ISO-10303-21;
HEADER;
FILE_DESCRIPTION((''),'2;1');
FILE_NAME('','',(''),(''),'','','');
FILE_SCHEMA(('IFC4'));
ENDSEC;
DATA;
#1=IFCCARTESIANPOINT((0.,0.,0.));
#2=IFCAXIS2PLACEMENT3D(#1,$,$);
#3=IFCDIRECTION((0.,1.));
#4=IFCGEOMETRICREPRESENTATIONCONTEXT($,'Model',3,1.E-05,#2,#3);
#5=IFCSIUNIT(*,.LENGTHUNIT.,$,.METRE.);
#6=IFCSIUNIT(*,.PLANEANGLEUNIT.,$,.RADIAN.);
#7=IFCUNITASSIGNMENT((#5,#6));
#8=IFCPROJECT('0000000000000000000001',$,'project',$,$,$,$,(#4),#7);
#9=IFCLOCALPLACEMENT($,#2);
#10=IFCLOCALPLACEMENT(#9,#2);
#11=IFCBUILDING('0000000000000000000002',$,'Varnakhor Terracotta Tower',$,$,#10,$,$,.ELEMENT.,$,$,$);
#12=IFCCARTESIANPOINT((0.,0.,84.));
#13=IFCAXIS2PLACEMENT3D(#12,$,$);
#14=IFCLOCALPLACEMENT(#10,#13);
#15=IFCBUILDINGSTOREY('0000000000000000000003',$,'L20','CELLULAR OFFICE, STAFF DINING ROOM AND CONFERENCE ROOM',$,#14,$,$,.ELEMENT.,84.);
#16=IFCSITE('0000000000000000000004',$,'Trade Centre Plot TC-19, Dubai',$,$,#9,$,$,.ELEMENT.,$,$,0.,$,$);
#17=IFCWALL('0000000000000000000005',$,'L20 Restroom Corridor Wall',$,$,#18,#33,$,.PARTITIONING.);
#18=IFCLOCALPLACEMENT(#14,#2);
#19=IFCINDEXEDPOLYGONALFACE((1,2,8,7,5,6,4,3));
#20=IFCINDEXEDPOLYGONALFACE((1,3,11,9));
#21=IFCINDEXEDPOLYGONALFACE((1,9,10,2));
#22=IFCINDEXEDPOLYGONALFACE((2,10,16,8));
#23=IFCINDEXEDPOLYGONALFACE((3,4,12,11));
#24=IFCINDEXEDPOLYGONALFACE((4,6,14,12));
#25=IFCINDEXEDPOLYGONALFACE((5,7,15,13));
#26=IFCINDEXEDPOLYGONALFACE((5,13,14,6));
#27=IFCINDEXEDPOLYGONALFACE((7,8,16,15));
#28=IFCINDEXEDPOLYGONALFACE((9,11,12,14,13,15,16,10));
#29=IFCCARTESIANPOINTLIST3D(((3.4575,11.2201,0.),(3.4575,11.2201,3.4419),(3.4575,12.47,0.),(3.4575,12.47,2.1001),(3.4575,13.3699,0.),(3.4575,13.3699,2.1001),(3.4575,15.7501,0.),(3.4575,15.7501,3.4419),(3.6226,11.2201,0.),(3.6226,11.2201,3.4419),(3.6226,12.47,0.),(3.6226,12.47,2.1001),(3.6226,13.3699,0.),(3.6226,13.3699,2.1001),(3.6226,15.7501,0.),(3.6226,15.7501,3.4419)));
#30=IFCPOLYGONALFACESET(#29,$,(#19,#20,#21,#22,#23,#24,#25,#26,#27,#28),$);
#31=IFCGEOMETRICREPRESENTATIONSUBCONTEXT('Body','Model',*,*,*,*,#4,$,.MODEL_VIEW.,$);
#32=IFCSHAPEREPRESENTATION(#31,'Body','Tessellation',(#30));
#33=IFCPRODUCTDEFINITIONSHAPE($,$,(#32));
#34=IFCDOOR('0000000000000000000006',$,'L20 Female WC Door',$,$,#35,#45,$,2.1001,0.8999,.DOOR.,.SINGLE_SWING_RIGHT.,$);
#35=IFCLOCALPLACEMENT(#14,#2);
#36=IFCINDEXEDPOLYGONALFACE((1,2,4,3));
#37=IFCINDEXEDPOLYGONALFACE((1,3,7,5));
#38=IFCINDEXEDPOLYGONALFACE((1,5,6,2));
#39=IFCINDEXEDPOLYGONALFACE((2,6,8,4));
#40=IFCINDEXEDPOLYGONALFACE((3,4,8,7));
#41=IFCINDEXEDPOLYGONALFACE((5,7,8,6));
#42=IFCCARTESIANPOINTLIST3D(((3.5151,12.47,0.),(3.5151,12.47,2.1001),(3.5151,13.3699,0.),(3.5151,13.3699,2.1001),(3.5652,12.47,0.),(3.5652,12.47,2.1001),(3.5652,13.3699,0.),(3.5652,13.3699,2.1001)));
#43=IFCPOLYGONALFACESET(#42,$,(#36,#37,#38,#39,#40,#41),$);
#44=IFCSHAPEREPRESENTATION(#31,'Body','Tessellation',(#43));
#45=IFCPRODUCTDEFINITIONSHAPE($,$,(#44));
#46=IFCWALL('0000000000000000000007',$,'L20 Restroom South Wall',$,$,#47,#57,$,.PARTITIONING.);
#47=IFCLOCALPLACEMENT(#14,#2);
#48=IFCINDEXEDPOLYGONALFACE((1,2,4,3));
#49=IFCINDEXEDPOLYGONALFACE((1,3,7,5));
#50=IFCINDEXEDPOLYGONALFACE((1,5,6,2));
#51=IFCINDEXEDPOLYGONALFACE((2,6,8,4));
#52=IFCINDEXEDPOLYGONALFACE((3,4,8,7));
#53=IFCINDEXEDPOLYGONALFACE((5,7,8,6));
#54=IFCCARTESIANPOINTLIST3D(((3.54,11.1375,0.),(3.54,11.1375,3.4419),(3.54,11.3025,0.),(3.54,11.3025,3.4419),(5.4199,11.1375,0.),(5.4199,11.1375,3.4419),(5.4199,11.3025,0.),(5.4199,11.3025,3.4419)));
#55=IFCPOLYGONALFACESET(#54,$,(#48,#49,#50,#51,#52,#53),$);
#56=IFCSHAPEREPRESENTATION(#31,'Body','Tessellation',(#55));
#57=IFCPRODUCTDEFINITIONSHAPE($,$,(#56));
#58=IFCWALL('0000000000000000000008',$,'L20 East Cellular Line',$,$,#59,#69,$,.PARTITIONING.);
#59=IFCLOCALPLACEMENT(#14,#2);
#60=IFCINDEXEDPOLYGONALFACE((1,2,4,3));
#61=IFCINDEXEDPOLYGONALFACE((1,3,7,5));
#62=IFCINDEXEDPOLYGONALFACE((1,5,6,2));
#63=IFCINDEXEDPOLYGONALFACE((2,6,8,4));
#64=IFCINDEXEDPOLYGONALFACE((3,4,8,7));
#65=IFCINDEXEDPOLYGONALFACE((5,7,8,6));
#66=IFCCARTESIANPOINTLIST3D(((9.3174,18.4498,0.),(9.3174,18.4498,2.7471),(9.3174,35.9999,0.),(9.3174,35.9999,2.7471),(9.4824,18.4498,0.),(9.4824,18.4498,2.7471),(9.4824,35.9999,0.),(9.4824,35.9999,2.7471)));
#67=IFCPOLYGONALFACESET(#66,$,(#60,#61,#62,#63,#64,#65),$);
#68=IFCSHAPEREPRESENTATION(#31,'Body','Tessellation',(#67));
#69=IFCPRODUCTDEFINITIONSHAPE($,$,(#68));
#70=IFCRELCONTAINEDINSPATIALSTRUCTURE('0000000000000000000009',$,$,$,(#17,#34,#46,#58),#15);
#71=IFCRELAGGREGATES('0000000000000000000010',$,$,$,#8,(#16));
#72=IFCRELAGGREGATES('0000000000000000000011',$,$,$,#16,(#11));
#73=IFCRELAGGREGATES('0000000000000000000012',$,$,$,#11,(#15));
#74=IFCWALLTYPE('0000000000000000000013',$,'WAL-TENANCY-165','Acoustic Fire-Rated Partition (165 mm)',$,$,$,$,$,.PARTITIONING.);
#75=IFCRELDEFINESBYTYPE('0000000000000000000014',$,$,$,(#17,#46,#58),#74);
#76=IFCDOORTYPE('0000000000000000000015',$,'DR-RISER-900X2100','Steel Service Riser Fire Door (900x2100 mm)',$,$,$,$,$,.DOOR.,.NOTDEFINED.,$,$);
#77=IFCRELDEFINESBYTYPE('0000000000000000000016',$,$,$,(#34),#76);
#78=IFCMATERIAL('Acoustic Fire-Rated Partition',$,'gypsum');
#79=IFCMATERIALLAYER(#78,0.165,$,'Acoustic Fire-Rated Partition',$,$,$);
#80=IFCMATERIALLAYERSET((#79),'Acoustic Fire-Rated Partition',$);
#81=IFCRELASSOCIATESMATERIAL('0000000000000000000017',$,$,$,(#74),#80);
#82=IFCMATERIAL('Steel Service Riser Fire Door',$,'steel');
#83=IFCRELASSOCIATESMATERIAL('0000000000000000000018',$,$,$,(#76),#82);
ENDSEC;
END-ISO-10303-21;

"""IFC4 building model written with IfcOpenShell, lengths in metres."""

from ifc_helpers import new_model, si_unit, direction, frame, frame_2d, origin, place, context, subcontext, project, spatial, rectangle, extrude, source, transform, mapped, material, layer, layer_set, type_object, type_shapes, element, fill, save


model = new_model("IFC4")

# Units and contexts
model_context = context("Model", 3, precision=1e-05, world=origin(), true_north=direction((0.0, 1.0)))
body_context = subcontext(model_context, "Body", "Model", "MODEL_VIEW")
ifc_project = project(units=[si_unit("LENGTHUNIT", "METRE"), si_unit("PLANEANGLEUNIT", "RADIAN")], contexts=[model_context])

# Site, building, storey
site_placement = place(None, origin())
site = spatial("IfcSite", under=ifc_project, at=site_placement, Name="Trade Centre Plot TC-19, Dubai", CompositionType="ELEMENT", RefElevation=0.0)
building_placement = place(site_placement, origin())
building = spatial("IfcBuilding", under=site, at=building_placement, Name="Varnakhor Terracotta Tower", CompositionType="ELEMENT")
storey_placement = place(building_placement, frame((0.0, 0.0, 84.0)))
storey = spatial("IfcBuildingStorey", under=building, at=storey_placement, Name="L20", Description="CELLULAR OFFICE, STAFF DINING ROOM AND CONFERENCE ROOM", CompositionType="ELEMENT", Elevation=84.0)

# Wall, opening, door
ifc_material_1 = material(Name="Acoustic Fire-Rated Partition", Category="gypsum")
ifc_layer_1 = layer(ifc_material_1, 0.165, Name="Acoustic Fire-Rated Partition")
ifc_layer_set_1 = layer_set([ifc_layer_1], Name="Acoustic Fire-Rated Partition")
wall_type_1 = type_object("IfcWallType", Name="WAL-TENANCY-165", Description="Acoustic Fire-Rated Partition (165 mm)", PredefinedType="PARTITIONING", material=ifc_layer_set_1)
ifc_material_2 = material(Name="Steel Service Riser Fire Door", Category="steel")
door_type_1 = type_object("IfcDoorType", Name="DR-RISER-900X2100", Description="Steel Service Riser Fire Door (900x2100 mm)", OperationType="NOTDEFINED", PredefinedType="DOOR", material=ifc_material_2)
shared_shape_1 = source(origin(), body_context, "Body", "SweptSolid", [
    extrude(rectangle(XDim=0.8999, YDim=2.1001, at=frame_2d((0.45, 1.05))), frame((0.0, 0.0249, 0.0), z_axis=(0.0, -1.0, 0.0), x_axis=(1.0, 0.0, 0.0)), (0.0, 0.0, 1.0), 0.05),
])
type_shapes(door_type_1, [shared_shape_1])
wall_1_placement = place(storey_placement, frame((3.54, 11.22, 0.0), z_axis=(0.0, 0.0, 1.0), x_axis=(0.0, 1.0, 0.0)))
wall_1 = element("IfcWall", 1, at=wall_1_placement, inside=storey, type_object=wall_type_1, Name="L20 Restroom Corridor Wall", PredefinedType="PARTITIONING", context=body_context, shape_type="SweptSolid", body=[
    extrude(rectangle(XDim=4.53, YDim=0.165, at=frame_2d((2.2651, 0.0))), origin(), (0.0, 0.0, 1.0), 3.4419),
])
opening_1_placement = place(wall_1_placement, frame((1.25, 0.0, 0.0)))
opening_1 = element("IfcOpeningElement", 2, at=opening_1_placement, cuts=wall_1, PredefinedType="OPENING", context=body_context, shape_type="SweptSolid", body=[
    extrude(rectangle(XDim=0.8999, YDim=2.1001, at=frame_2d((0.45, 1.05))), frame((0.0, 0.0925, 0.0), z_axis=(0.0, -1.0, 0.0), x_axis=(1.0, 0.0, 0.0)), (0.0, 0.0, 1.0), 0.1851),
])
door_1_placement = place(opening_1_placement, origin())
door_1 = element("IfcDoor", 3, at=door_1_placement, inside=storey, type_object=door_type_1, Name="L20 Female WC Door", OperationType="SINGLE_SWING_RIGHT", OverallHeight=2.1001, OverallWidth=0.8999, PredefinedType="DOOR", context=body_context, shape_type="MappedRepresentation", body=[
    mapped(shared_shape_1, transform((0.0, 0.0, 0.0), scale=1.0)),
])
fill(opening_1, door_1)

# Walls
wall_2_placement = place(storey_placement, frame((3.54, 11.22, 0.0), z_axis=(0.0, 0.0, 1.0), x_axis=(1.0, 0.0, 0.0)))
element("IfcWall", 4, at=wall_2_placement, inside=storey, type_object=wall_type_1, Name="L20 Restroom South Wall", PredefinedType="PARTITIONING", context=body_context, shape_type="SweptSolid", body=[
    extrude(rectangle(XDim=1.8799, YDim=0.165, at=frame_2d((0.9399, 0.0))), origin(), (0.0, 0.0, 1.0), 3.4419),
])
wall_3_placement = place(storey_placement, frame((9.3999, 18.45, 0.0), z_axis=(0.0, 0.0, 1.0), x_axis=(0.0, 1.0, 0.0)))
element("IfcWall", 5, at=wall_3_placement, inside=storey, type_object=wall_type_1, Name="L20 East Cellular Line", PredefinedType="PARTITIONING", context=body_context, shape_type="SweptSolid", body=[
    extrude(rectangle(XDim=17.55, YDim=0.165, at=frame_2d((8.7749, 0.0))), origin(), (0.0, 0.0, 1.0), 2.7471),
])

save(model, "model.ifc")
